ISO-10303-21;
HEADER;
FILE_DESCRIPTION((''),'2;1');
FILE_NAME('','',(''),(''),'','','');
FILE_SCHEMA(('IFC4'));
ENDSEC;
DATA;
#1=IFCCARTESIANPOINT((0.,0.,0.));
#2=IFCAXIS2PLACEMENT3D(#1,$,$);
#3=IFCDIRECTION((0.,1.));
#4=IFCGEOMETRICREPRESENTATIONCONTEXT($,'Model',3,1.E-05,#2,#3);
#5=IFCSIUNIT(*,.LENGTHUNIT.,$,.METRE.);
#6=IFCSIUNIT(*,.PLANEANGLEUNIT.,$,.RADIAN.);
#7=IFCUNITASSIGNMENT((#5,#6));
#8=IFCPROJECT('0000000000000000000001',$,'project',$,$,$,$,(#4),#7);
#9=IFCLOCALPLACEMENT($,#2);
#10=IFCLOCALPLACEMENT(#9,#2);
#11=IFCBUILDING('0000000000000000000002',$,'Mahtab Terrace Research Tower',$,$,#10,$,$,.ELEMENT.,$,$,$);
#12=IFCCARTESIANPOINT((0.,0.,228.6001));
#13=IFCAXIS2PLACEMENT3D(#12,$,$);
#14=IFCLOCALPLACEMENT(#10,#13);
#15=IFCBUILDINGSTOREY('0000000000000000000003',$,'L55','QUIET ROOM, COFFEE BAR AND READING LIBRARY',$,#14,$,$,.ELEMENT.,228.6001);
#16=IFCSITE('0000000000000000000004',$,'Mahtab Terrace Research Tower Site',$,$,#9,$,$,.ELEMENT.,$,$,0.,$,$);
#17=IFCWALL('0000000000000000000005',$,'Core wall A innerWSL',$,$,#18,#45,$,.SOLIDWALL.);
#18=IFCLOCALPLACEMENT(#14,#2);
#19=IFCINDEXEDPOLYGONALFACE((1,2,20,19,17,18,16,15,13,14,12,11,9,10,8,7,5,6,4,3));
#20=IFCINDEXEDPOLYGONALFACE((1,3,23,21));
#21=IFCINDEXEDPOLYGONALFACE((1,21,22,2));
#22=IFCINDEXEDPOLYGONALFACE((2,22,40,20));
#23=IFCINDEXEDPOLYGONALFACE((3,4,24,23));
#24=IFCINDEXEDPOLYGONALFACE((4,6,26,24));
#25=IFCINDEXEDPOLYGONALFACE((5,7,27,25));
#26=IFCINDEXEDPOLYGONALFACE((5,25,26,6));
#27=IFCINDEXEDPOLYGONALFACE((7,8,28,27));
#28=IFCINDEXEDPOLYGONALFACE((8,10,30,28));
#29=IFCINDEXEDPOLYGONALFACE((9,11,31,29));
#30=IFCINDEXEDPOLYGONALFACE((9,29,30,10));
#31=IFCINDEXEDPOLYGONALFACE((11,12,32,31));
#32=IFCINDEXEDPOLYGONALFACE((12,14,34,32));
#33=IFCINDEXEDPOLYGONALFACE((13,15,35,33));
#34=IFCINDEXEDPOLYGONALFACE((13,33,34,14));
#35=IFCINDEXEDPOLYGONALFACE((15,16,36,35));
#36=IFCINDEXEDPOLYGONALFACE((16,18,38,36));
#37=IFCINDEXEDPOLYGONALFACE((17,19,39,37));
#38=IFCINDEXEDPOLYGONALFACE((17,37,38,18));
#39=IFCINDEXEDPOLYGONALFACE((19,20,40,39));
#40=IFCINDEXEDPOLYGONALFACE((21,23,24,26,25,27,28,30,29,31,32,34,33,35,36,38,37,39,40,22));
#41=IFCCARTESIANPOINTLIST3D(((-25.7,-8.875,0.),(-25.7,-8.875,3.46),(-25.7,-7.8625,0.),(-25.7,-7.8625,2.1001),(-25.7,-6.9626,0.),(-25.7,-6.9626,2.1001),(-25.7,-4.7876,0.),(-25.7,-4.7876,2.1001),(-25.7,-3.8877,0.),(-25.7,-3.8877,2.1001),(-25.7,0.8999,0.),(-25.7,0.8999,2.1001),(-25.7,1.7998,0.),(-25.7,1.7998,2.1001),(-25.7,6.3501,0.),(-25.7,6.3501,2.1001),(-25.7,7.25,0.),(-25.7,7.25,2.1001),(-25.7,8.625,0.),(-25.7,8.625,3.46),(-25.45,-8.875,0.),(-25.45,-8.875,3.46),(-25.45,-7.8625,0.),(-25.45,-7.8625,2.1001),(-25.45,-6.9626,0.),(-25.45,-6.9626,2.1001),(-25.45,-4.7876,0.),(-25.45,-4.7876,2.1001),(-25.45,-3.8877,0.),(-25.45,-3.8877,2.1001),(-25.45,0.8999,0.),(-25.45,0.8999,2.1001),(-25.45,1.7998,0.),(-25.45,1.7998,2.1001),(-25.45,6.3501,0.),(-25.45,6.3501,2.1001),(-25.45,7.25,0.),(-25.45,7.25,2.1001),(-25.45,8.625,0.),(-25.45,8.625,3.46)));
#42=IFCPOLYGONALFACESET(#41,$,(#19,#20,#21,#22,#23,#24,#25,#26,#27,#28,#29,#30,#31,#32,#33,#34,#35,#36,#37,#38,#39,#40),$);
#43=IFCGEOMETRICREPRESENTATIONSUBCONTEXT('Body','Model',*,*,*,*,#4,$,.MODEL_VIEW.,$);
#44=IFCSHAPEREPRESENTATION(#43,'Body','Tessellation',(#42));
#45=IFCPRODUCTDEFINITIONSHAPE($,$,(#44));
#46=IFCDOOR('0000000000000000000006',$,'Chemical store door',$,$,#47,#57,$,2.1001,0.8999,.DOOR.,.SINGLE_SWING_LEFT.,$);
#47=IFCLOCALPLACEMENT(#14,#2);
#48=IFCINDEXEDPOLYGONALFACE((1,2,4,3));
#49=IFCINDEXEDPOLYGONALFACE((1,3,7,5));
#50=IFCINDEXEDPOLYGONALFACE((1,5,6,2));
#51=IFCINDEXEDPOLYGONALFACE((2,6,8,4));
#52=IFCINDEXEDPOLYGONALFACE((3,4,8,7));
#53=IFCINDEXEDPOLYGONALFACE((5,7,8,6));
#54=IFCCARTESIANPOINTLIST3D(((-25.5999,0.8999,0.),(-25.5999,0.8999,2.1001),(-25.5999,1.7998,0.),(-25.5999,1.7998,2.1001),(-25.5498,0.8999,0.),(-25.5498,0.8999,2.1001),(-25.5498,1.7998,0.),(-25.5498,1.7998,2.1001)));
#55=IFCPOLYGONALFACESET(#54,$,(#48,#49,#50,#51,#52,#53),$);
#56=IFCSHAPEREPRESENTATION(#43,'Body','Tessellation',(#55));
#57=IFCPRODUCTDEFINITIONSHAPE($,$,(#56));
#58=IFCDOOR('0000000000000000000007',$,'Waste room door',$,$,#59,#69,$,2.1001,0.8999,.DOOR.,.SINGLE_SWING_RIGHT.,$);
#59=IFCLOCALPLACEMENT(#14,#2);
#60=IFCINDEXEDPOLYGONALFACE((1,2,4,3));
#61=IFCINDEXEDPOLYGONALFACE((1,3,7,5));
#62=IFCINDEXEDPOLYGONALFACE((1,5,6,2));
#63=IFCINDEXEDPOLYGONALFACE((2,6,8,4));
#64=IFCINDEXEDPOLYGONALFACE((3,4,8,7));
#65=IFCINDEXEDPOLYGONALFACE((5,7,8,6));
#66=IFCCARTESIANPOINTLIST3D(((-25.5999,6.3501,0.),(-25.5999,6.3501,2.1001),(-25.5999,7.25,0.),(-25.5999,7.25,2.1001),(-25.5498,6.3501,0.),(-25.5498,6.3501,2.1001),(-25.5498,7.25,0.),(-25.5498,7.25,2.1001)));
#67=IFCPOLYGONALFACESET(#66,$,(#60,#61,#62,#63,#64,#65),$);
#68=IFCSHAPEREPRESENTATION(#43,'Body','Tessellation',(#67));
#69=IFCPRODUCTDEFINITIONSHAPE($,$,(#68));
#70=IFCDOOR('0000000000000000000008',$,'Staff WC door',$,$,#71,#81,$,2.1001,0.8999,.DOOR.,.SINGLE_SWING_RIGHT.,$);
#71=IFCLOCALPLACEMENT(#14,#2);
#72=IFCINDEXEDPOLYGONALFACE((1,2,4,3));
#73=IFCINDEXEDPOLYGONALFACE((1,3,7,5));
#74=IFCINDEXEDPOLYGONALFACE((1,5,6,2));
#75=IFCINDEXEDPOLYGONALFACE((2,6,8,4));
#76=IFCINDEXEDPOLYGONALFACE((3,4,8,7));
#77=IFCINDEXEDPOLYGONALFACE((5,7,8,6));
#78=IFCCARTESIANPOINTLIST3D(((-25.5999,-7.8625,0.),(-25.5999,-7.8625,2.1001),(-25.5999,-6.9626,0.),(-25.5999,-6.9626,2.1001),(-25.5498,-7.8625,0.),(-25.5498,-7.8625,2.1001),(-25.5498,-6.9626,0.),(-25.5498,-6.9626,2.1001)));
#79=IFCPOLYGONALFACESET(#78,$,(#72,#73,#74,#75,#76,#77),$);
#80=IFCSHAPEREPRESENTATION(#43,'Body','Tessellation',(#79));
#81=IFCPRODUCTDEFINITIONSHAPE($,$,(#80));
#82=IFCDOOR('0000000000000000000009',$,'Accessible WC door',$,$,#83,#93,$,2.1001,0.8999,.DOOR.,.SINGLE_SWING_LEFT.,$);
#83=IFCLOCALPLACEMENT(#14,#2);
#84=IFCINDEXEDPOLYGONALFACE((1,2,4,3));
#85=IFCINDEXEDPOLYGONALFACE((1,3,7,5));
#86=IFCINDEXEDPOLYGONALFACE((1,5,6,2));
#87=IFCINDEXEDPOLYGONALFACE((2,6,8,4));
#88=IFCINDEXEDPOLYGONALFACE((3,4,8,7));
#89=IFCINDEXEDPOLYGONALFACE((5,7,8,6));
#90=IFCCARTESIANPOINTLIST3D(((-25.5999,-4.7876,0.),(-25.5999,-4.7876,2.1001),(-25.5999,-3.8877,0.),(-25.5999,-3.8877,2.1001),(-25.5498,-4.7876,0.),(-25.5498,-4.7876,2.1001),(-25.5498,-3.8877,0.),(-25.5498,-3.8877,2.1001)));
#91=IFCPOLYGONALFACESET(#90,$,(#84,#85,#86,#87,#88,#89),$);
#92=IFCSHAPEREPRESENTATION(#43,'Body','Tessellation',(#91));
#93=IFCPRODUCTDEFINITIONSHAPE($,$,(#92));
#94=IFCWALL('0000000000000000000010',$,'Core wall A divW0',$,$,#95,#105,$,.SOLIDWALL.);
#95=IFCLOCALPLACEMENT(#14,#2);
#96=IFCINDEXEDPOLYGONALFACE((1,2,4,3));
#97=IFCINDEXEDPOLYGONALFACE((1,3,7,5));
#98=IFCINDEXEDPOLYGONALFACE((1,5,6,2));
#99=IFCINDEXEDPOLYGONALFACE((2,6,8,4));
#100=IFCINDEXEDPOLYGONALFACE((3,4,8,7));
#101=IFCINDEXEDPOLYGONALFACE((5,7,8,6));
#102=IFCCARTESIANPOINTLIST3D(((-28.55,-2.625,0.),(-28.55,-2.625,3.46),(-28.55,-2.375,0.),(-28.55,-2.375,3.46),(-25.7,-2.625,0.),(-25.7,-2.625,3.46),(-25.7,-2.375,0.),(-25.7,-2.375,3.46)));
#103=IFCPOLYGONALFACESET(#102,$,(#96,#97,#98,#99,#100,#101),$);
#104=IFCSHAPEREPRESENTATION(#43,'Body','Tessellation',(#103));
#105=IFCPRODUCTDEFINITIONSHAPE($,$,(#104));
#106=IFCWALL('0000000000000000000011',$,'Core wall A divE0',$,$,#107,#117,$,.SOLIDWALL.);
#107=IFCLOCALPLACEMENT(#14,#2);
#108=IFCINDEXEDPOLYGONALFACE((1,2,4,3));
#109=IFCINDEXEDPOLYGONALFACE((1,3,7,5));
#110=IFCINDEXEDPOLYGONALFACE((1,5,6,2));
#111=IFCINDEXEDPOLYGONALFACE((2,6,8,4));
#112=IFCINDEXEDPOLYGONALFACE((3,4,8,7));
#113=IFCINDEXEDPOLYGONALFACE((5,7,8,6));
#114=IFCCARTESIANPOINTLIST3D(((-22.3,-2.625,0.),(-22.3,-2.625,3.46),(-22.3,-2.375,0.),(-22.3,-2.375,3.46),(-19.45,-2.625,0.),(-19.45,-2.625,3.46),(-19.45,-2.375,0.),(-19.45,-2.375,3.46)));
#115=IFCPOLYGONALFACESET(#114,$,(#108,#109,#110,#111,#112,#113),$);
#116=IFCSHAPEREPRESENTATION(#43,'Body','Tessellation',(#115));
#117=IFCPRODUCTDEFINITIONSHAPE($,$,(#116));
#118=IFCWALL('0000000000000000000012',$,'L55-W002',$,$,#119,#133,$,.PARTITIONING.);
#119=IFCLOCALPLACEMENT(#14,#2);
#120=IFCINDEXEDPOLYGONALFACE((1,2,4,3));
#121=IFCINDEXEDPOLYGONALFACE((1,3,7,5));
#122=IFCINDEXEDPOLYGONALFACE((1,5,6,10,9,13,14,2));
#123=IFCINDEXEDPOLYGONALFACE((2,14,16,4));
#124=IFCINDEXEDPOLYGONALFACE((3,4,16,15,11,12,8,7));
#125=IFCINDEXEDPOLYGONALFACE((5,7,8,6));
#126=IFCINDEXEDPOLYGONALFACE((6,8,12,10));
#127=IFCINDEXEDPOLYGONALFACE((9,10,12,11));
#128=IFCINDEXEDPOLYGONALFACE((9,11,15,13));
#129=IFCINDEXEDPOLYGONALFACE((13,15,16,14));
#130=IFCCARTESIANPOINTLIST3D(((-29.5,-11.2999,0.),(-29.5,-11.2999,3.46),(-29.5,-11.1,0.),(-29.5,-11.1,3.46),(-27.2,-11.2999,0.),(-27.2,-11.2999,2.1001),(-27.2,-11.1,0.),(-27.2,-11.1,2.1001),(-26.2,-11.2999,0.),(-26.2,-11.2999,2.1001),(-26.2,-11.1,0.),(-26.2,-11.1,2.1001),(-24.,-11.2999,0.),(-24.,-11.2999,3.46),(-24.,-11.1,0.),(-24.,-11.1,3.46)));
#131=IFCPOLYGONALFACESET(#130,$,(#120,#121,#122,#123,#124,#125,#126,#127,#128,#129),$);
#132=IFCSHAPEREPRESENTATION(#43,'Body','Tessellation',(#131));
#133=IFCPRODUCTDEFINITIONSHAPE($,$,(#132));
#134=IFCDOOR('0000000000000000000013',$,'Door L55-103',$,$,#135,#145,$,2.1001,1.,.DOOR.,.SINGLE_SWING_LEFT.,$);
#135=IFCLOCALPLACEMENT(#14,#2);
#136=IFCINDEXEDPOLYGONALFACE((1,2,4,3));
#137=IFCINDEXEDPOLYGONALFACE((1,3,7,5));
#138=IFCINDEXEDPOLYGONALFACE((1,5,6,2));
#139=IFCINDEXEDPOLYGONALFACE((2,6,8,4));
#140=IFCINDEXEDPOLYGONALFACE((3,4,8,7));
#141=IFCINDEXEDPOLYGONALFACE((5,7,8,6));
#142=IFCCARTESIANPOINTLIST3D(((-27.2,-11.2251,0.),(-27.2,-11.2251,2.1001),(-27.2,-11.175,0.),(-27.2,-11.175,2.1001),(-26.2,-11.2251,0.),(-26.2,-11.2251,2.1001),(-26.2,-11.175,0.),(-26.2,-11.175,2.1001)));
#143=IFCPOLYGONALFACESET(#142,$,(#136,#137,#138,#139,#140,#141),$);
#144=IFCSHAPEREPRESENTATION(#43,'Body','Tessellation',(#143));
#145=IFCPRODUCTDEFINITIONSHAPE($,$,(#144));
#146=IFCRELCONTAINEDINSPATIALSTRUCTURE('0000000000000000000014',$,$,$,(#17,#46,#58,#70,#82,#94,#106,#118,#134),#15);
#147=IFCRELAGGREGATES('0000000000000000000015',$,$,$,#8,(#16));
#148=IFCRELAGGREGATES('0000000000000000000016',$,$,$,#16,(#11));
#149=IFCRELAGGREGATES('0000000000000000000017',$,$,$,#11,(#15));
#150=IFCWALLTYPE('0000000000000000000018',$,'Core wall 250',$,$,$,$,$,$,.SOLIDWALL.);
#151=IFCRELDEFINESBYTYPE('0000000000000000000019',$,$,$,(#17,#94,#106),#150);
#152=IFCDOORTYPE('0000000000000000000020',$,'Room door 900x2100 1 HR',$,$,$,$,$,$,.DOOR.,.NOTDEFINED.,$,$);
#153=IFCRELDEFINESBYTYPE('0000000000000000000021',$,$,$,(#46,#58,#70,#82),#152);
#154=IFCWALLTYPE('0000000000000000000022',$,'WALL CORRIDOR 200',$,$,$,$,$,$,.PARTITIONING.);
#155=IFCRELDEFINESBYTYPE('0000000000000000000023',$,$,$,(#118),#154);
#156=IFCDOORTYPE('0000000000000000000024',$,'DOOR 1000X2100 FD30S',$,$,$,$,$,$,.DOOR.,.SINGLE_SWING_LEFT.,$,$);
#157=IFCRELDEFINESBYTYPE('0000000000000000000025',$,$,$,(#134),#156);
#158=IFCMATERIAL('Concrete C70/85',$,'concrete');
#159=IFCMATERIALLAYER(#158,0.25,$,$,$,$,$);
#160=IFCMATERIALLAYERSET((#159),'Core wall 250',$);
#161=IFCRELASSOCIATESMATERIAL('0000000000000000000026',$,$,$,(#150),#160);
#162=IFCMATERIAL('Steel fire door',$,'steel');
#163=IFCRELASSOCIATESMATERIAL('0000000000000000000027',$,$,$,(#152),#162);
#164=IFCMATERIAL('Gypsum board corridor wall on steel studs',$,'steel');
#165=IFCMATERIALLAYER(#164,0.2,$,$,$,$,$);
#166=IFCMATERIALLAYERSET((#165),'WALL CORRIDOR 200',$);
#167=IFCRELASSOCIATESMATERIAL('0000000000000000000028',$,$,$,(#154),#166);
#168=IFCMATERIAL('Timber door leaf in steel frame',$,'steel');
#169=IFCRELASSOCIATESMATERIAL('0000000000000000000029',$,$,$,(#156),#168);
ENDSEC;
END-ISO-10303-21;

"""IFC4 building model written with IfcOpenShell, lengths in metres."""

from ifc_helpers import new_model, si_unit, direction, frame, frame_2d, origin, place, context, subcontext, project, spatial, rectangle, extrude, material, layer, layer_set, type_object, element, fill, save


model = new_model("IFC4")

# Units and contexts
model_context = context("Model", 3, precision=1e-05, world=origin(), true_north=direction((0.0, 1.0)))
body_context = subcontext(model_context, "Body", "Model", "MODEL_VIEW")
ifc_project = project(units=[si_unit("LENGTHUNIT", "METRE"), si_unit("PLANEANGLEUNIT", "RADIAN")], contexts=[model_context])

# Site, building, storey
site_placement = place(None, origin())
site = spatial("IfcSite", under=ifc_project, at=site_placement, Name="Mahtab Terrace Research Tower Site", CompositionType="ELEMENT", RefElevation=0.0)
building_placement = place(site_placement, origin())
building = spatial("IfcBuilding", under=site, at=building_placement, Name="Mahtab Terrace Research Tower", CompositionType="ELEMENT")
storey_placement = place(building_placement, frame((0.0, 0.0, 228.6001)))
storey = spatial("IfcBuildingStorey", under=building, at=storey_placement, Name="L55", Description="QUIET ROOM, COFFEE BAR AND READING LIBRARY", CompositionType="ELEMENT", Elevation=228.6001)

# Shared definitions
ifc_material_1 = material(Name="Concrete C70/85", Category="concrete")

# Shared definitions
ifc_layer_1 = layer(ifc_material_1, 0.25)
ifc_layer_set_1 = layer_set([ifc_layer_1], Name="Core wall 250")
wall_type_1 = type_object("IfcWallType", Name="Core wall 250", PredefinedType="SOLIDWALL", material=ifc_layer_set_1)

# Shared definitions
ifc_material_2 = material(Name="Steel fire door", Category="steel")

# Wall, openings, doors
wall_1_placement = place(storey_placement, frame((-25.575, -8.875, 0.0), z_axis=(0.0, 0.0, 1.0), x_axis=(0.0, 1.0, 0.0)))
wall_1 = element("IfcWall", 1, at=wall_1_placement, inside=storey, type_object=wall_type_1, Name="Core wall A innerWSL", PredefinedType="SOLIDWALL", context=body_context, shape_type="SweptSolid", body=[
    extrude(rectangle(XDim=17.5, YDim=0.25, at=frame_2d((8.75, 0.0))), origin(), (0.0, 0.0, 1.0), 3.46),
])
opening_1_placement = place(wall_1_placement, frame((9.7749, 0.0, 0.0)))
opening_1 = element("IfcOpeningElement", 2, at=opening_1_placement, cuts=wall_1, PredefinedType="OPENING", context=body_context, shape_type="SweptSolid", body=[
    extrude(rectangle(XDim=0.8999, YDim=2.1001, at=frame_2d((0.45, 1.05))), frame((0.0, 0.135, 0.0), z_axis=(0.0, -1.0, 0.0), x_axis=(1.0, 0.0, 0.0)), (0.0, 0.0, 1.0), 0.27),
])
opening_2_placement = place(wall_1_placement, frame((15.2251, 0.0, 0.0)))
opening_2 = element("IfcOpeningElement", 3, at=opening_2_placement, cuts=wall_1, PredefinedType="OPENING", context=body_context, shape_type="SweptSolid", body=[
    extrude(rectangle(XDim=0.8999, YDim=2.1001, at=frame_2d((0.45, 1.05))), frame((0.0, 0.135, 0.0), z_axis=(0.0, -1.0, 0.0), x_axis=(1.0, 0.0, 0.0)), (0.0, 0.0, 1.0), 0.27),
])
opening_3_placement = place(wall_1_placement, frame((1.0125, 0.0, 0.0)))
opening_3 = element("IfcOpeningElement", 4, at=opening_3_placement, cuts=wall_1, PredefinedType="OPENING", context=body_context, shape_type="SweptSolid", body=[
    extrude(rectangle(XDim=0.8999, YDim=2.1001, at=frame_2d((0.45, 1.05))), frame((0.0, 0.135, 0.0), z_axis=(0.0, -1.0, 0.0), x_axis=(1.0, 0.0, 0.0)), (0.0, 0.0, 1.0), 0.27),
])
opening_4_placement = place(wall_1_placement, frame((4.0874, 0.0, 0.0)))
opening_4 = element("IfcOpeningElement", 5, at=opening_4_placement, cuts=wall_1, PredefinedType="OPENING", context=body_context, shape_type="SweptSolid", body=[
    extrude(rectangle(XDim=0.8999, YDim=2.1001, at=frame_2d((0.45, 1.05))), frame((0.0, 0.135, 0.0), z_axis=(0.0, -1.0, 0.0), x_axis=(1.0, 0.0, 0.0)), (0.0, 0.0, 1.0), 0.27),
])
door_type_1 = type_object("IfcDoorType", Name="Room door 900x2100 1 HR", OperationType="NOTDEFINED", PredefinedType="DOOR", material=ifc_material_2)
door_1_placement = place(opening_1_placement, origin())
door_1 = element("IfcDoor", 6, at=door_1_placement, inside=storey, type_object=door_type_1, Name="Chemical store door", OperationType="SINGLE_SWING_LEFT", OverallHeight=2.1001, OverallWidth=0.8999, PredefinedType="DOOR", context=body_context, shape_type="SweptSolid", body=[
    extrude(rectangle(XDim=0.8999, YDim=2.1001, at=frame_2d((0.45, 1.05))), frame((0.0, 0.0249, 0.0), z_axis=(0.0, -1.0, 0.0), x_axis=(1.0, 0.0, 0.0)), (0.0, 0.0, 1.0), 0.05),
])
fill(opening_1, door_1)
door_2_placement = place(opening_2_placement, origin())
door_2 = element("IfcDoor", 7, at=door_2_placement, inside=storey, type_object=door_type_1, Name="Waste room door", OperationType="SINGLE_SWING_RIGHT", OverallHeight=2.1001, OverallWidth=0.8999, PredefinedType="DOOR", context=body_context, shape_type="SweptSolid", body=[
    extrude(rectangle(XDim=0.8999, YDim=2.1001, at=frame_2d((0.45, 1.05))), frame((0.0, 0.0249, 0.0), z_axis=(0.0, -1.0, 0.0), x_axis=(1.0, 0.0, 0.0)), (0.0, 0.0, 1.0), 0.05),
])
fill(opening_2, door_2)
door_3_placement = place(opening_3_placement, origin())
door_3 = element("IfcDoor", 8, at=door_3_placement, inside=storey, type_object=door_type_1, Name="Staff WC door", OperationType="SINGLE_SWING_RIGHT", OverallHeight=2.1001, OverallWidth=0.8999, PredefinedType="DOOR", context=body_context, shape_type="SweptSolid", body=[
    extrude(rectangle(XDim=0.8999, YDim=2.1001, at=frame_2d((0.45, 1.05))), frame((0.0, 0.0249, 0.0), z_axis=(0.0, -1.0, 0.0), x_axis=(1.0, 0.0, 0.0)), (0.0, 0.0, 1.0), 0.05),
])
fill(opening_3, door_3)
door_4_placement = place(opening_4_placement, origin())
door_4 = element("IfcDoor", 9, at=door_4_placement, inside=storey, type_object=door_type_1, Name="Accessible WC door", OperationType="SINGLE_SWING_LEFT", OverallHeight=2.1001, OverallWidth=0.8999, PredefinedType="DOOR", context=body_context, shape_type="SweptSolid", body=[
    extrude(rectangle(XDim=0.8999, YDim=2.1001, at=frame_2d((0.45, 1.05))), frame((0.0, 0.0249, 0.0), z_axis=(0.0, -1.0, 0.0), x_axis=(1.0, 0.0, 0.0)), (0.0, 0.0, 1.0), 0.05),
])
fill(opening_4, door_4)

# Walls
for number, where, z_axis, x_axis, name in (
    (10, (-28.55, -2.5, 0.0), (0.0, 0.0, 1.0), (1.0, 0.0, 0.0), "Core wall A divW0"),
    (11, (-22.3, -2.5, 0.0), (0.0, 0.0, 1.0), (1.0, 0.0, 0.0), "Core wall A divE0"),
):
    element("IfcWall", number, at=place(storey_placement, frame(where, z_axis=z_axis, x_axis=x_axis)), inside=storey, type_object=wall_type_1, Name=name, PredefinedType="SOLIDWALL", context=body_context, shape_type="SweptSolid", body=[
        extrude(rectangle(XDim=2.8501, YDim=0.25, at=frame_2d((1.425, 0.0))), origin(), (0.0, 0.0, 1.0), 3.46),
    ])

# Wall, opening, door
ifc_material_3 = material(Name="Gypsum board corridor wall on steel studs", Category="steel")
ifc_layer_2 = layer(ifc_material_3, 0.2)
ifc_layer_set_2 = layer_set([ifc_layer_2], Name="WALL CORRIDOR 200")
wall_type_2 = type_object("IfcWallType", Name="WALL CORRIDOR 200", PredefinedType="PARTITIONING", material=ifc_layer_set_2)
wall_2_placement = place(storey_placement, frame((-29.5, -11.2, 0.0), z_axis=(0.0, 0.0, 1.0), x_axis=(1.0, 0.0, 0.0)))
wall_2 = element("IfcWall", 12, at=wall_2_placement, inside=storey, type_object=wall_type_2, Name="L55-W002", PredefinedType="PARTITIONING", context=body_context, shape_type="SweptSolid", body=[
    extrude(rectangle(XDim=5.5, YDim=0.2, at=frame_2d((2.75, 0.0))), origin(), (0.0, 0.0, 1.0), 3.46),
])
opening_5_placement = place(wall_2_placement, frame((2.3, 0.0, 0.0)))
opening_5 = element("IfcOpeningElement", 13, at=opening_5_placement, cuts=wall_2, PredefinedType="OPENING", context=body_context, shape_type="SweptSolid", body=[
    extrude(rectangle(XDim=1.0, YDim=2.1001, at=frame_2d((0.5, 1.05))), frame((0.0, 0.1099, 0.0), z_axis=(0.0, -1.0, 0.0), x_axis=(1.0, 0.0, 0.0)), (0.0, 0.0, 1.0), 0.22),
])
ifc_material_4 = material(Name="Timber door leaf in steel frame", Category="steel")
door_type_2 = type_object("IfcDoorType", Name="DOOR 1000X2100 FD30S", OperationType="SINGLE_SWING_LEFT", PredefinedType="DOOR", material=ifc_material_4)
door_5_placement = place(opening_5_placement, origin())
door_5 = element("IfcDoor", 14, at=door_5_placement, inside=storey, type_object=door_type_2, Name="Door L55-103", OperationType="SINGLE_SWING_LEFT", OverallHeight=2.1001, OverallWidth=1.0, PredefinedType="DOOR", context=body_context, shape_type="SweptSolid", body=[
    extrude(rectangle(XDim=1.0, YDim=2.1001, at=frame_2d((0.5, 1.05))), frame((0.0, 0.0249, 0.0), z_axis=(0.0, -1.0, 0.0), x_axis=(1.0, 0.0, 0.0)), (0.0, 0.0, 1.0), 0.05),
])
fill(opening_5, door_5)

save(model, "model.ifc")
